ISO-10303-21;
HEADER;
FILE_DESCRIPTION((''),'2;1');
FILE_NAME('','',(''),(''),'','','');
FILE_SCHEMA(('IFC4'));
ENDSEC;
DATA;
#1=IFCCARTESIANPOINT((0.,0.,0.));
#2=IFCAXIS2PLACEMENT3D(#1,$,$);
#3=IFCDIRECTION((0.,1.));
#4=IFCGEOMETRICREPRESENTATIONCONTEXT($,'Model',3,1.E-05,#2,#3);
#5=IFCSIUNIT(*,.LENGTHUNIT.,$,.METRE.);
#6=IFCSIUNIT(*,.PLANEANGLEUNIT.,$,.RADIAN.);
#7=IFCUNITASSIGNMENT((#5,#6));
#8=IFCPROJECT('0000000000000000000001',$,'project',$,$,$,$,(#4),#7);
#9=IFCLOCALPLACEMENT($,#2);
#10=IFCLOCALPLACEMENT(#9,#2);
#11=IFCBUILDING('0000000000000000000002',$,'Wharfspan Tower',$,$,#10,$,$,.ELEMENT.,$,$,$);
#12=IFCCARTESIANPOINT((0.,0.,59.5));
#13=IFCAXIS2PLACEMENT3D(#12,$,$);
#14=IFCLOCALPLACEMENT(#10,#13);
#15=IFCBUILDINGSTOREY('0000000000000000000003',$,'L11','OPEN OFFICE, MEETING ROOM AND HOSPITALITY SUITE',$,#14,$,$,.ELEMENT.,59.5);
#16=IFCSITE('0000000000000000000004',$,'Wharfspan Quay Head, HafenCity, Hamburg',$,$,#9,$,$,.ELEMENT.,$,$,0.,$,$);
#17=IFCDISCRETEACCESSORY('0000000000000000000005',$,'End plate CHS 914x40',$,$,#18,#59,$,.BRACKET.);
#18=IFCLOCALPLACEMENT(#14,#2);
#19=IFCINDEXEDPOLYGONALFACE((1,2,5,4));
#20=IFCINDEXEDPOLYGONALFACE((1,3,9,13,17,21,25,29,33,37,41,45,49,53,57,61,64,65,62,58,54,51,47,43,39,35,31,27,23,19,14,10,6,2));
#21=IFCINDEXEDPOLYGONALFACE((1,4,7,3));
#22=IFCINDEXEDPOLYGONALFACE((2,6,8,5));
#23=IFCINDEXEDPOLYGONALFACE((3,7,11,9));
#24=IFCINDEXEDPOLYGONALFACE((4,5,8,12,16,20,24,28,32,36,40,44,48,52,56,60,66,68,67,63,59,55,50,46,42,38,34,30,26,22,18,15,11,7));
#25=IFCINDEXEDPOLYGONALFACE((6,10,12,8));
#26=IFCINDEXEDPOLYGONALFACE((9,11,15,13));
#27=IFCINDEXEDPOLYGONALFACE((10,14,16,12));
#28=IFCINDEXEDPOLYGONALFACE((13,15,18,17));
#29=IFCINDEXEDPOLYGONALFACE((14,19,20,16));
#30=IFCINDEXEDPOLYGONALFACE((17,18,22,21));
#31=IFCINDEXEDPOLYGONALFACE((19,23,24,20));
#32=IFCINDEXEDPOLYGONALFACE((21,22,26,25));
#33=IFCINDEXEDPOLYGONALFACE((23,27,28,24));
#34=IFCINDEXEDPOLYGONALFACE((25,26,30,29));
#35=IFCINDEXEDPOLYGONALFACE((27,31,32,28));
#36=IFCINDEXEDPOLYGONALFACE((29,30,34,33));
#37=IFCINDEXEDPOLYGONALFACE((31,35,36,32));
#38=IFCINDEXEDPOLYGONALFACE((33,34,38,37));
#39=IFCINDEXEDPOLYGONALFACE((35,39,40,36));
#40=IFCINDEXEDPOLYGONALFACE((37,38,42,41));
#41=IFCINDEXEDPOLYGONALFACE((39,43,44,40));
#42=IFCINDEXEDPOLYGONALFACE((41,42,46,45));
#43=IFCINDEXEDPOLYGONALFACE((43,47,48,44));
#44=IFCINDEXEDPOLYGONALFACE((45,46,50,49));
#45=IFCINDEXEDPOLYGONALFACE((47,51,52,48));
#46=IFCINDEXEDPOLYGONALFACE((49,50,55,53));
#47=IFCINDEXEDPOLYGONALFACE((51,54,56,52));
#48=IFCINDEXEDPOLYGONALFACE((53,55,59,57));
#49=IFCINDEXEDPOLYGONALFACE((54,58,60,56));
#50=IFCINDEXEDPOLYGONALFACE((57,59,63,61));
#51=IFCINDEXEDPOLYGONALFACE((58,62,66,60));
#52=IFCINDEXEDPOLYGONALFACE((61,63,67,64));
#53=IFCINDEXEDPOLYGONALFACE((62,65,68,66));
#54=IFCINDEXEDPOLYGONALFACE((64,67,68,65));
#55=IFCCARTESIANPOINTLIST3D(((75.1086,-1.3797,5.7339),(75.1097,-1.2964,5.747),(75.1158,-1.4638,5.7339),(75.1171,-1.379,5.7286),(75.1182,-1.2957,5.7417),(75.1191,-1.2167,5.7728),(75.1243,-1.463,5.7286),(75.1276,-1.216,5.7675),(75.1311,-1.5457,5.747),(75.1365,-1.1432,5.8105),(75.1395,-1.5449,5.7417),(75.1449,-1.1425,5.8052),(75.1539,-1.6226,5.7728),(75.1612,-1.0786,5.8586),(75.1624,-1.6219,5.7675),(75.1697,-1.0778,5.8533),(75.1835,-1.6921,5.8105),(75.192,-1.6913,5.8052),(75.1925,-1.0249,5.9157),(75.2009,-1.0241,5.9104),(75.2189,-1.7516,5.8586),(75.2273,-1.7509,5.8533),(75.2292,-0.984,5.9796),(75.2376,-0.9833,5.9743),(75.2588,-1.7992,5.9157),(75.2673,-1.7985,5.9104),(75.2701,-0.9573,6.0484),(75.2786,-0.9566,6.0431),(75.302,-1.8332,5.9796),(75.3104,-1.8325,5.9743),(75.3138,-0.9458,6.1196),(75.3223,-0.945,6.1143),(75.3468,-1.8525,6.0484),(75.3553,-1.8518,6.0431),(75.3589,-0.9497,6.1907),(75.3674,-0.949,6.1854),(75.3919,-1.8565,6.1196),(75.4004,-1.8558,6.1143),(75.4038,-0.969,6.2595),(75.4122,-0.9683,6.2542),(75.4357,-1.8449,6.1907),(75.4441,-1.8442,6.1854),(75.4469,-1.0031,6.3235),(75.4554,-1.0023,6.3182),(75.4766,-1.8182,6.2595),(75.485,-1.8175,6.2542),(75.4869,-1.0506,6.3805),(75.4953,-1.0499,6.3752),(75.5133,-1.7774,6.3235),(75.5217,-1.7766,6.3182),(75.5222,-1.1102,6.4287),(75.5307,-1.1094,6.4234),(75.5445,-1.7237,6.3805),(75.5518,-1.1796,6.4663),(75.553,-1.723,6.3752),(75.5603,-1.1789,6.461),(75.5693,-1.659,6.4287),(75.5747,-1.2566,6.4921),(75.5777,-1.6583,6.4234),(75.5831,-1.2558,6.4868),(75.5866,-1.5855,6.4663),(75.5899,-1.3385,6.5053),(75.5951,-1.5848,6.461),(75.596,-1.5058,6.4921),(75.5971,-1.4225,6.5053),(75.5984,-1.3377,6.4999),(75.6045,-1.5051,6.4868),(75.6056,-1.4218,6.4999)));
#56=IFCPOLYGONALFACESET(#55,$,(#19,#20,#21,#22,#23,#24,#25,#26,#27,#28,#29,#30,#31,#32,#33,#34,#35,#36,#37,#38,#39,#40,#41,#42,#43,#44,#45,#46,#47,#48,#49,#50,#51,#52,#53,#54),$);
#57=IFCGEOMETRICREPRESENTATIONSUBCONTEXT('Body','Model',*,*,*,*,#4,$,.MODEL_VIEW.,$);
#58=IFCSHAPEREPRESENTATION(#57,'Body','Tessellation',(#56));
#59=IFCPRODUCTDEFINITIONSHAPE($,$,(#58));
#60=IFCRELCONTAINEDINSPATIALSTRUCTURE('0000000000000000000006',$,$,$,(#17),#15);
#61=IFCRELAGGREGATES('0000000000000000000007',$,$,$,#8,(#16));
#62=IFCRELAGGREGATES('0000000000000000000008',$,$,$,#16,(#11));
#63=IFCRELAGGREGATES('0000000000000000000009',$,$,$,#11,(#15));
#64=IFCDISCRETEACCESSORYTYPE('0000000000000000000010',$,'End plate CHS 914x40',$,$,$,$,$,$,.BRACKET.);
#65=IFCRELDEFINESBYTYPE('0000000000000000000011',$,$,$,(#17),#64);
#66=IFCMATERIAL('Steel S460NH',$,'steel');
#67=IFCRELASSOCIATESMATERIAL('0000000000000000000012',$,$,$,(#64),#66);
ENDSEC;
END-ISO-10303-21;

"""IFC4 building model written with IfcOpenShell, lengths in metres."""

from ifc_helpers import new_model, si_unit, direction, frame, origin, origin_2d, place, context, subcontext, project, spatial, circle, extrude, material, material_profile, profile_set, type_object, element, save


model = new_model("IFC4")

# Units and contexts
model_context = context("Model", 3, precision=1e-05, world=origin(), true_north=direction((0.0, 1.0)))
body_context = subcontext(model_context, "Body", "Model", "MODEL_VIEW")
ifc_project = project(units=[si_unit("LENGTHUNIT", "METRE"), si_unit("PLANEANGLEUNIT", "RADIAN")], contexts=[model_context])

# Site, building, storey
site_placement = place(None, origin())
site = spatial("IfcSite", under=ifc_project, at=site_placement, Name="Wharfspan Quay Head, HafenCity, Hamburg", CompositionType="ELEMENT", RefElevation=0.0)
building_placement = place(site_placement, origin())
building = spatial("IfcBuilding", under=site, at=building_placement, Name="Wharfspan Tower", CompositionType="ELEMENT")
storey_placement = place(building_placement, frame((0.0, 0.0, 59.5)))
storey = spatial("IfcBuildingStorey", under=building, at=storey_placement, Name="L11", Description="OPEN OFFICE, MEETING ROOM AND HOSPITALITY SUITE", CompositionType="ELEMENT", Elevation=59.5)

# Discrete accessory
ifc_material_1 = material(Name="Steel S460NH", Category="steel")
ifc_material_profile_1 = material_profile(ifc_material_1, circle(Radius=0.457, at=origin_2d()))
ifc_profile_set_1 = profile_set([ifc_material_profile_1], Name="Steel S460NH")
discrete_accessory_type = type_object("IfcDiscreteAccessoryType", Name="End plate CHS 914x40", PredefinedType="BRACKET", material=ifc_profile_set_1)
for number, where, z_axis, x_axis, name in (
    (1, (75.3613, -1.4004, 6.1143), (-0.844416, -0.072379, 0.530776), (0.085402, -0.99635, 0.0), "End plate CHS 914x40"),
):
    element("IfcDiscreteAccessory", number, at=place(storey_placement, frame(where, z_axis=z_axis, x_axis=x_axis)), inside=storey, type_object=discrete_accessory_type, Name=name, PredefinedType="BRACKET", context=body_context, shape_type="SweptSolid", body=[
        extrude(circle(Radius=0.457, at=origin_2d()), origin(), (0.0, 0.0, 1.0), 0.01),
    ])

save(model, "model.ifc")
